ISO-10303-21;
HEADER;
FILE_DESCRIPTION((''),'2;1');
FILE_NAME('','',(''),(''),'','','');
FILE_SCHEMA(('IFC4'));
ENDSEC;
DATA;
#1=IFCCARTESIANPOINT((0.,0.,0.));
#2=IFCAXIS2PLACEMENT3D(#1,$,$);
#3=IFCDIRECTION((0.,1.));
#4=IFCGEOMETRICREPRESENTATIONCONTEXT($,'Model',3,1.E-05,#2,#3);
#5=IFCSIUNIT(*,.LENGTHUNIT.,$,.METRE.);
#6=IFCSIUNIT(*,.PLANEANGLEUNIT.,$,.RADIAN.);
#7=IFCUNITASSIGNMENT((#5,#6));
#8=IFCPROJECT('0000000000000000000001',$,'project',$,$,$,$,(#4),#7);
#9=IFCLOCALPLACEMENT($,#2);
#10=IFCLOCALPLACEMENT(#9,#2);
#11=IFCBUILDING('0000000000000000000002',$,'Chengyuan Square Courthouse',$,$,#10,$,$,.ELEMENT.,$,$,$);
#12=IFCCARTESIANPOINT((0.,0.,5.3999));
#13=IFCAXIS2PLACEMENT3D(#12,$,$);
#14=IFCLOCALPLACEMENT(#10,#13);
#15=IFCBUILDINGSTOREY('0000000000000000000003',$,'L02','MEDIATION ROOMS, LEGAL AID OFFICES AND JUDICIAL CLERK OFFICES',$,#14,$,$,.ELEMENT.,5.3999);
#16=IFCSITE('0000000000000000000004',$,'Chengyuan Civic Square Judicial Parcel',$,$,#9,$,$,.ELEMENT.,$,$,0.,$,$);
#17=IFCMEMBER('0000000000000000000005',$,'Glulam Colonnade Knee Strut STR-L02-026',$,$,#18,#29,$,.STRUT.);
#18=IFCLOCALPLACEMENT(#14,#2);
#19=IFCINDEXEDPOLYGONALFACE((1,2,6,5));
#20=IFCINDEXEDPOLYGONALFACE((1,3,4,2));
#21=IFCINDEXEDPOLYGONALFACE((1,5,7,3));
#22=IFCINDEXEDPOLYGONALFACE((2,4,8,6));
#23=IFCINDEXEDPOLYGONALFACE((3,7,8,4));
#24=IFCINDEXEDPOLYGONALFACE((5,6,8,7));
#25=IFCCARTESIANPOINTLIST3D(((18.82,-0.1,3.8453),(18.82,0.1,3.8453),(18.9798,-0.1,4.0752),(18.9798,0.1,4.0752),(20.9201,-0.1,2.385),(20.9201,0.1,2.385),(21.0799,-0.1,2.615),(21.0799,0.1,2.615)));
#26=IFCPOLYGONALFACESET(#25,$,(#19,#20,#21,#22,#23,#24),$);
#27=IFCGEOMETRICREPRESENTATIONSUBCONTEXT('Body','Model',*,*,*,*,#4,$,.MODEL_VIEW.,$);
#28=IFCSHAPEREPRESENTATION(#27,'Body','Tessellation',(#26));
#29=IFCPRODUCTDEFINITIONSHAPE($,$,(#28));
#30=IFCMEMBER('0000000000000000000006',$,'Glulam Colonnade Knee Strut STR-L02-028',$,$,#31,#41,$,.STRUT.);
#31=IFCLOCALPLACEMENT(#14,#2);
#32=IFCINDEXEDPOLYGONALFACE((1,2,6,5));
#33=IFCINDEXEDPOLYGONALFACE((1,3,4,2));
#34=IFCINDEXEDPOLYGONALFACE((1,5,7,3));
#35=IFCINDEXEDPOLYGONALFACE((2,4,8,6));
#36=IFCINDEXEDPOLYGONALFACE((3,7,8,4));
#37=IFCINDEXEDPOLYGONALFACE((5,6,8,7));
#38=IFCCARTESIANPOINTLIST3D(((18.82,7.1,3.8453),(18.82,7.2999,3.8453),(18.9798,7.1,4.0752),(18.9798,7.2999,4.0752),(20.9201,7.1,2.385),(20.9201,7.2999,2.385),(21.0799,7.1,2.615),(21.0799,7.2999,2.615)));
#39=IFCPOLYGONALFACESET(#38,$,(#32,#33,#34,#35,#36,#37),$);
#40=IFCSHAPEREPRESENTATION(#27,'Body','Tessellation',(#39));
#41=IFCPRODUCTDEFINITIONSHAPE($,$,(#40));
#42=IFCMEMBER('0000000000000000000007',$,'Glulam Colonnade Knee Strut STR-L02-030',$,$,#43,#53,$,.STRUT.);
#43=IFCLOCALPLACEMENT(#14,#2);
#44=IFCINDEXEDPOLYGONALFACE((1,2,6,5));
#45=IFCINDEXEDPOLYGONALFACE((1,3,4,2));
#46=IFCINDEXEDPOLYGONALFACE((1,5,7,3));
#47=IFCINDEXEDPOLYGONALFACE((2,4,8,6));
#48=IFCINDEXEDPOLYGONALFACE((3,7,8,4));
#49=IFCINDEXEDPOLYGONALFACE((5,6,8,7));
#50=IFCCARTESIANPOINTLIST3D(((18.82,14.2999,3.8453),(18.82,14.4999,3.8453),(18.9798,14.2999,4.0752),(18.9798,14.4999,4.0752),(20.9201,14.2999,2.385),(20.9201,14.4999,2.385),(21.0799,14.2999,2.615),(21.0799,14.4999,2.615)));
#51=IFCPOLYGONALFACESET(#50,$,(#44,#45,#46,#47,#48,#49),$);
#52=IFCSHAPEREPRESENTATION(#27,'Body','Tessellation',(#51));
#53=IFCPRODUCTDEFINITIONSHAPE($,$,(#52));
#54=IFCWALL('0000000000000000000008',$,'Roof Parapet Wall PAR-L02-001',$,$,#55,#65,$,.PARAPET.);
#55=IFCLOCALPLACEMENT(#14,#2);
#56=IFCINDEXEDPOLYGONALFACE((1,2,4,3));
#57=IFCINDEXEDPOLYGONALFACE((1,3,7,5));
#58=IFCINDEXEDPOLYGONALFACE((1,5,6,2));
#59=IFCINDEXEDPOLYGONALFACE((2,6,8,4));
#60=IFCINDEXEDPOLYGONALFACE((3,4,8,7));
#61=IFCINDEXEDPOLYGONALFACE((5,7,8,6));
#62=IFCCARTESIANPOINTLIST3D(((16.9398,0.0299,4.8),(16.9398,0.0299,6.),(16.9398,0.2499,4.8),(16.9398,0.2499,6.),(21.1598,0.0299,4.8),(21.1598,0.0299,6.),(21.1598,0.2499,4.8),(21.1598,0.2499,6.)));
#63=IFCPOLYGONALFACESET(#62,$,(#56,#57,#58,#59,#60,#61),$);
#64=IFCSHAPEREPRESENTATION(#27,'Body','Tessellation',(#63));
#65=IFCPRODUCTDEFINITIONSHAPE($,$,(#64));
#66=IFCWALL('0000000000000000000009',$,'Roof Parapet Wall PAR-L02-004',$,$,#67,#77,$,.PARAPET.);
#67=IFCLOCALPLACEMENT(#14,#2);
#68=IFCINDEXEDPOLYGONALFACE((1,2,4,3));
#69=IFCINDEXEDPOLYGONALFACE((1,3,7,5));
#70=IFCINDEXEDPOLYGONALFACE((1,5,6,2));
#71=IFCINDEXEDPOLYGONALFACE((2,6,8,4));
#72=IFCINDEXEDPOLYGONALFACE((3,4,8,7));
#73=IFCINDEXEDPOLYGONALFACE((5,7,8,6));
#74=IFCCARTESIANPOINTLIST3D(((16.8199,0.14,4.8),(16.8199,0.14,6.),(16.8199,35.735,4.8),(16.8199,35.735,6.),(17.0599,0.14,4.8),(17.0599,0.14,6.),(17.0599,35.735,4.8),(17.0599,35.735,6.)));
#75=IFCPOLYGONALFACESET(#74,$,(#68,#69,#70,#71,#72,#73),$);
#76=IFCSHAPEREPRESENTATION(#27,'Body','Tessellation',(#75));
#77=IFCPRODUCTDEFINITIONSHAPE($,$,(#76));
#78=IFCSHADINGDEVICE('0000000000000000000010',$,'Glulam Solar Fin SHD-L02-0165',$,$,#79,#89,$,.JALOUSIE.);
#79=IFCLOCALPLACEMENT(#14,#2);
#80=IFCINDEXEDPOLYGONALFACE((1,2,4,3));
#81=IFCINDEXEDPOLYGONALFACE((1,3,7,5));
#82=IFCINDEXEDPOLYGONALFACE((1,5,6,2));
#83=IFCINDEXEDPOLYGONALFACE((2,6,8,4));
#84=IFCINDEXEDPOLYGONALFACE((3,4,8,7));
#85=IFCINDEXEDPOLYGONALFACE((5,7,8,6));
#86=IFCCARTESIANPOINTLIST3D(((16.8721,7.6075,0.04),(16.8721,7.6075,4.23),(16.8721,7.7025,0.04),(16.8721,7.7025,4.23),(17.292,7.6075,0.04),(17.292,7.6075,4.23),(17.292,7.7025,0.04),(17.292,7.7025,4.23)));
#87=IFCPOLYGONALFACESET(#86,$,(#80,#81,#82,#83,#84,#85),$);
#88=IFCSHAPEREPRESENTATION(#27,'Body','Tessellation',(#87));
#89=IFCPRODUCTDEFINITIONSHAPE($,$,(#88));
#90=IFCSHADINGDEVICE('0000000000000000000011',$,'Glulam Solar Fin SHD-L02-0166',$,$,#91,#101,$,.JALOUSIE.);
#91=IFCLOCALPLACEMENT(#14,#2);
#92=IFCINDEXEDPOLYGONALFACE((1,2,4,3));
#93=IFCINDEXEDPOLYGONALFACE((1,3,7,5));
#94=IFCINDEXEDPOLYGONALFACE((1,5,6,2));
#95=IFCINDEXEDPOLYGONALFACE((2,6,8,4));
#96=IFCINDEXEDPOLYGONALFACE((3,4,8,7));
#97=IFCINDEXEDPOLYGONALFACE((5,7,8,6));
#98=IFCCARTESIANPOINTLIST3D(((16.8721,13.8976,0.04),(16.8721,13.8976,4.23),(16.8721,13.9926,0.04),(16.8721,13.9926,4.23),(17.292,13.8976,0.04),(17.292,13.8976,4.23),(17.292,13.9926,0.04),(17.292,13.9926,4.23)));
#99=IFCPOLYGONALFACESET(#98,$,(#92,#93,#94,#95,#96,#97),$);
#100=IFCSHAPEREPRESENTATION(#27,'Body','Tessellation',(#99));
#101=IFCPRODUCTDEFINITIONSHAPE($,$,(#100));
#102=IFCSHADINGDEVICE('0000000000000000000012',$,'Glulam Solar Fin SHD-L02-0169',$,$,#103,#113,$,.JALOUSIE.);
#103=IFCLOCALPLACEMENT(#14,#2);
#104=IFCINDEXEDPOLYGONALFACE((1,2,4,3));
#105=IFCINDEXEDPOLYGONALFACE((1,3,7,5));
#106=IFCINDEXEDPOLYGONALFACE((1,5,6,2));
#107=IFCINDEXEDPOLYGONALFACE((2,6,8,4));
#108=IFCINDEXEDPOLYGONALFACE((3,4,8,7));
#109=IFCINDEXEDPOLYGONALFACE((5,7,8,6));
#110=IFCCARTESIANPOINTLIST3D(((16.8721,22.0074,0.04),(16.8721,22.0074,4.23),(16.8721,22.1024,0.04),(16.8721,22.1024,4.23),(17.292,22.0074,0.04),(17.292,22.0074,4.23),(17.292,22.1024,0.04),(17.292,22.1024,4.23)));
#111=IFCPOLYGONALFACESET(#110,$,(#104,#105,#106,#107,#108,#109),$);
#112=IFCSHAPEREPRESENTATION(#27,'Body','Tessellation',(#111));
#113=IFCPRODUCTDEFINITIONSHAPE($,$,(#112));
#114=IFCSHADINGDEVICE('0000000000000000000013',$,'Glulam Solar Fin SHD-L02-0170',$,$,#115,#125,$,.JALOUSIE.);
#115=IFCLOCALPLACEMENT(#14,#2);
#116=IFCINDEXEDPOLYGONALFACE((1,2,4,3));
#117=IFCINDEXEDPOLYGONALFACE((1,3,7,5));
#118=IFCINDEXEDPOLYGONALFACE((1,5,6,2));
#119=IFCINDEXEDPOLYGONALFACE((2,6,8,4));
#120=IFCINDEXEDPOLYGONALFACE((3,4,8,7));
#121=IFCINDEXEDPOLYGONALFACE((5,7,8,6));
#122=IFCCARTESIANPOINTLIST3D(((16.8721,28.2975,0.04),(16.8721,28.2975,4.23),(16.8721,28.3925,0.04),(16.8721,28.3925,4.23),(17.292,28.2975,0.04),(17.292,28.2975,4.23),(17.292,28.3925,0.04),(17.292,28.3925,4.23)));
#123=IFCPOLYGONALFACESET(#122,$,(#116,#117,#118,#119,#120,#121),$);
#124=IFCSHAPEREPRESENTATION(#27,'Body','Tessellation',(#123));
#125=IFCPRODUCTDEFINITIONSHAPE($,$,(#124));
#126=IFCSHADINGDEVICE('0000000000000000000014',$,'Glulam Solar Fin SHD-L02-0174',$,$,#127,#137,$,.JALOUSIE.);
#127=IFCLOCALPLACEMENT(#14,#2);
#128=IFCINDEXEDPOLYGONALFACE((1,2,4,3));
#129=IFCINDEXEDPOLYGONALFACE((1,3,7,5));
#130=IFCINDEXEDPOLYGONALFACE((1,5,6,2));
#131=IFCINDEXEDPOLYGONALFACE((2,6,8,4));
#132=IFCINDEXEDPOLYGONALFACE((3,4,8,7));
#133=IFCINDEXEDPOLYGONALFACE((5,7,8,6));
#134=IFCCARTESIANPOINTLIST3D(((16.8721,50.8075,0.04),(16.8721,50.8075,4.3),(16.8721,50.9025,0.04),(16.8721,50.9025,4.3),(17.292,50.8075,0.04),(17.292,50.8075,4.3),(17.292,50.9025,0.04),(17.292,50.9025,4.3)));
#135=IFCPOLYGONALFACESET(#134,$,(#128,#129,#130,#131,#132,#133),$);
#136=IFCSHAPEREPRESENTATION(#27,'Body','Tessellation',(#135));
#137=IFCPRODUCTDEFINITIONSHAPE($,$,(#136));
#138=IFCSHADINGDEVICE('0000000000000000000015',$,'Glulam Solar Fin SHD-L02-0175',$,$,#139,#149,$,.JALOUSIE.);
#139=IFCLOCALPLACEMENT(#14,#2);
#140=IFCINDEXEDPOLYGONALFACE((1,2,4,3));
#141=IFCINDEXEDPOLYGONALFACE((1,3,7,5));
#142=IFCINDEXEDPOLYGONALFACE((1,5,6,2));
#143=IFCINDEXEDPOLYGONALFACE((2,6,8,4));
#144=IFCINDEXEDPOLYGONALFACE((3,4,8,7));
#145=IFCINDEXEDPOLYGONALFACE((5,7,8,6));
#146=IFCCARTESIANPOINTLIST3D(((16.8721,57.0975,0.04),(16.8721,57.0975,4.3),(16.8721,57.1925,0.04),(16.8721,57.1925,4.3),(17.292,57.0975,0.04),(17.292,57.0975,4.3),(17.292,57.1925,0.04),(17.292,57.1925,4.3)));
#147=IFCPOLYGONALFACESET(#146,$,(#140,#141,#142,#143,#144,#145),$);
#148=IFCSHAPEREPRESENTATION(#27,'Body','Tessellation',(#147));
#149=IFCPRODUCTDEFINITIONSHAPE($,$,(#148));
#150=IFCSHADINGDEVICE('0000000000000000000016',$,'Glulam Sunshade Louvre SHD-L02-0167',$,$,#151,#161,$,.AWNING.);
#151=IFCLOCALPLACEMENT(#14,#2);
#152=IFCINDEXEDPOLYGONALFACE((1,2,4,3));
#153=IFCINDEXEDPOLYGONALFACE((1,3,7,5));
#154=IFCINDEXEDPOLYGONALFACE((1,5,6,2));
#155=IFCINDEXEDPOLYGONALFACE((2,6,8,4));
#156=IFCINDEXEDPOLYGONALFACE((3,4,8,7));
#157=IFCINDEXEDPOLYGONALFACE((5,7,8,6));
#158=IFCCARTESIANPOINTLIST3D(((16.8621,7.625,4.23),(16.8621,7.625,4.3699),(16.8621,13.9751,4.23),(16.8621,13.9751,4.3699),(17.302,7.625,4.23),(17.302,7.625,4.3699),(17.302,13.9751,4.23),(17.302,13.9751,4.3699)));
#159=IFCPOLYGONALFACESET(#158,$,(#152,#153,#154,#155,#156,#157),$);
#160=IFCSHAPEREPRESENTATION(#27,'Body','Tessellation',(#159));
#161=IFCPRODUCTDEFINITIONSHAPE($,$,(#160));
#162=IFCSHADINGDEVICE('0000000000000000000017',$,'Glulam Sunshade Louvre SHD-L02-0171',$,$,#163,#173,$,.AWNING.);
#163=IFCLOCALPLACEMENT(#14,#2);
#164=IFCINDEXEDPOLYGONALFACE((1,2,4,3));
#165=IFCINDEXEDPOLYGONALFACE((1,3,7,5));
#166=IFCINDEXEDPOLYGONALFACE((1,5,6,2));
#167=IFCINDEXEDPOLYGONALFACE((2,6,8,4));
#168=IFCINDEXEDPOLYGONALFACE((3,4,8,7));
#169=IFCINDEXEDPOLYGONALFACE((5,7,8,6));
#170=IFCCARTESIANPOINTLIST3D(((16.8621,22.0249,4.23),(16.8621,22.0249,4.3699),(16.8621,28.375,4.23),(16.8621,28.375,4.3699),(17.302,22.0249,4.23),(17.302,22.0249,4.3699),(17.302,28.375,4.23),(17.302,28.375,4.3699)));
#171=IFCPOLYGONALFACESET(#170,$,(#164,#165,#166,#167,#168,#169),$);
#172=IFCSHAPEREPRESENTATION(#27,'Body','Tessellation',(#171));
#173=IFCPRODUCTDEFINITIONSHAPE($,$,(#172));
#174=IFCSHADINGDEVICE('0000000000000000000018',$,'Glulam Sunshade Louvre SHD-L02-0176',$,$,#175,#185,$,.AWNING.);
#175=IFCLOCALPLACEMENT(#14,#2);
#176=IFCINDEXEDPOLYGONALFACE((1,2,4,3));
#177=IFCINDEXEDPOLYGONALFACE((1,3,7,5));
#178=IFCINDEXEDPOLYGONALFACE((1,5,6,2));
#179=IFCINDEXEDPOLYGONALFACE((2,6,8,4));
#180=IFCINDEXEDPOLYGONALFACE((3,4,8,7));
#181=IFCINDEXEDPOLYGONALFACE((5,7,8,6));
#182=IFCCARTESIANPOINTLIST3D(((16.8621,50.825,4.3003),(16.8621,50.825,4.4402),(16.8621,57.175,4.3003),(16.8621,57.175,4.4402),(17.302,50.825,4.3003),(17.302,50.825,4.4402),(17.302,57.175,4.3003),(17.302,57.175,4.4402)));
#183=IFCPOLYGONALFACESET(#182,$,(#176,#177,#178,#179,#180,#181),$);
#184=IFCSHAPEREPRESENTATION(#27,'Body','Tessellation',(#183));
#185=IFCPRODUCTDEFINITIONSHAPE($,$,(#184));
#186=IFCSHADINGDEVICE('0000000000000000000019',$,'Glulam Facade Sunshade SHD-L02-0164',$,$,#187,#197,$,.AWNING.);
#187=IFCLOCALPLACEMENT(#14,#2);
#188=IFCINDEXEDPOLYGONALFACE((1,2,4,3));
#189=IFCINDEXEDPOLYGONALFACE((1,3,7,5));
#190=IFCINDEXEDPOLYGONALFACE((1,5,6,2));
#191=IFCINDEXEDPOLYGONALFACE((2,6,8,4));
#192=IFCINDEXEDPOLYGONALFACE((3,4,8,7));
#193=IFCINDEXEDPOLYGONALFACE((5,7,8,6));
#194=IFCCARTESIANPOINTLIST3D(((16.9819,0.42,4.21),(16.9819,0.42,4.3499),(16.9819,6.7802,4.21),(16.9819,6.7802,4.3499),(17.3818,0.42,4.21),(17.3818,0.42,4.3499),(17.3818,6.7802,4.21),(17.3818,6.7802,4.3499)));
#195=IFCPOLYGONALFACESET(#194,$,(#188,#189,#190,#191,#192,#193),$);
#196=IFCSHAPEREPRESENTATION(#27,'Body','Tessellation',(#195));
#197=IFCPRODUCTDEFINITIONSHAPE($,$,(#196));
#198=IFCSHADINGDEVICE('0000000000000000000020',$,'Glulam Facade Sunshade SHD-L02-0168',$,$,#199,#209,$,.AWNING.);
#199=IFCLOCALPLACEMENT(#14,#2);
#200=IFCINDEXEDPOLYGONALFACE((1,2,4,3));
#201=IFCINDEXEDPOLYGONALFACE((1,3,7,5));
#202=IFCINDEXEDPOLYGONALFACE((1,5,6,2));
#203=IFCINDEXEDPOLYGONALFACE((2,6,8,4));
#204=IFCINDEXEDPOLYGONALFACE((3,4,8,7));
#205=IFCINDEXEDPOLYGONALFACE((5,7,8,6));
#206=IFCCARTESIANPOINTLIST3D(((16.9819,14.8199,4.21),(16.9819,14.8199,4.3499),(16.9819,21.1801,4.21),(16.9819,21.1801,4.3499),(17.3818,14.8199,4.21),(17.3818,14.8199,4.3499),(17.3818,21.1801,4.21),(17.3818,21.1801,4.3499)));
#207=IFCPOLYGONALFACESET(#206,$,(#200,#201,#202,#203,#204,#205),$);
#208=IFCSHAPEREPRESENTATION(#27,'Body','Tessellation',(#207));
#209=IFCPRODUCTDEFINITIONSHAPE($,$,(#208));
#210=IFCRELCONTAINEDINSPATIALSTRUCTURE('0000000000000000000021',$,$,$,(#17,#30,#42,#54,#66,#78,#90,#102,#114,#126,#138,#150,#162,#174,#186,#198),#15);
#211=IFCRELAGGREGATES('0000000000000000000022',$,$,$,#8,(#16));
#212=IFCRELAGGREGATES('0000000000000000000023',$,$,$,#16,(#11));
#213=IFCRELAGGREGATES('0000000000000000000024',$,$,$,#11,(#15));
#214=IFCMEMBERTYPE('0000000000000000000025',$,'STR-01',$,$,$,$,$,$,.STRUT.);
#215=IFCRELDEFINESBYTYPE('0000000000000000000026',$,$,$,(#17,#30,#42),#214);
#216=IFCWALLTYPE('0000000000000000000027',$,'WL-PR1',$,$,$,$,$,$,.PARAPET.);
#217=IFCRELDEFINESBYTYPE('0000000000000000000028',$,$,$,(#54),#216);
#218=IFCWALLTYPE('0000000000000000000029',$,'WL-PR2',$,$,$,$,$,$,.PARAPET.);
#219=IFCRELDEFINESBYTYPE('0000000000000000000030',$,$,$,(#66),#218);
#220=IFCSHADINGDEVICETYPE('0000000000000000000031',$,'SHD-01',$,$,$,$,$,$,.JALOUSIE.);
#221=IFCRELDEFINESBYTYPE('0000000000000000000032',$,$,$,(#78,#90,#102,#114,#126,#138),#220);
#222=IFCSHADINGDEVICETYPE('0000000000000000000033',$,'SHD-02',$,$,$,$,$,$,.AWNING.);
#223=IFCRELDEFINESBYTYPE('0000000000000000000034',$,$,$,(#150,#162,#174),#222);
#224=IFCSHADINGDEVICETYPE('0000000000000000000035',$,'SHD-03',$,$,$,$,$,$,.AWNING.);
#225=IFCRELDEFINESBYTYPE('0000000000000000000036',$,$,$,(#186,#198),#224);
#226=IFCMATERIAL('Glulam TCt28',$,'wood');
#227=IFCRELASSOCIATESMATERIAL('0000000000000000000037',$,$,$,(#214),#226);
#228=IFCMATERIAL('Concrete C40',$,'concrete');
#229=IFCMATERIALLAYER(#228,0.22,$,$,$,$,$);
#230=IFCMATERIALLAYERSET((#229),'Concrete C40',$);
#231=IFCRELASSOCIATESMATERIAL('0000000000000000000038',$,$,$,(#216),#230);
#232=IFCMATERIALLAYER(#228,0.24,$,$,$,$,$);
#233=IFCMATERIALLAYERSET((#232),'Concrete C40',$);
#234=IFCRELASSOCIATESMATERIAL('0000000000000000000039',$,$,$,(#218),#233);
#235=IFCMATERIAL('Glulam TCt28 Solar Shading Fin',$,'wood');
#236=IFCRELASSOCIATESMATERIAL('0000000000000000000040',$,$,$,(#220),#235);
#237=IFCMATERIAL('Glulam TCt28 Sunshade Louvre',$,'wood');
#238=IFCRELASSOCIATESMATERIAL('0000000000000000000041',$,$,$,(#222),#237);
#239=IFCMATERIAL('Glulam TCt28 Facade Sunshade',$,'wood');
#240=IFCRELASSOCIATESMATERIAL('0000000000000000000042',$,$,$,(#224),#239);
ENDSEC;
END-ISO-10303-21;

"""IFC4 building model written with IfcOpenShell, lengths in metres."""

from ifc_helpers import new_model, si_unit, direction, frame, frame_2d, origin, origin_2d, place, context, subcontext, project, spatial, rectangle, extrude, material, layer, layer_set, material_profile, profile_set, type_object, element, save


model = new_model("IFC4")

# Units and contexts
model_context = context("Model", 3, precision=1e-05, world=origin(), true_north=direction((0.0, 1.0)))
body_context = subcontext(model_context, "Body", "Model", "MODEL_VIEW")
ifc_project = project(units=[si_unit("LENGTHUNIT", "METRE"), si_unit("PLANEANGLEUNIT", "RADIAN")], contexts=[model_context])

# Site, building, storey
site_placement = place(None, origin())
site = spatial("IfcSite", under=ifc_project, at=site_placement, Name="Chengyuan Civic Square Judicial Parcel", CompositionType="ELEMENT", RefElevation=0.0)
building_placement = place(site_placement, origin())
building = spatial("IfcBuilding", under=site, at=building_placement, Name="Chengyuan Square Courthouse", CompositionType="ELEMENT")
storey_placement = place(building_placement, frame((0.0, 0.0, 5.3999)))
storey = spatial("IfcBuildingStorey", under=building, at=storey_placement, Name="L02", Description="MEDIATION ROOMS, LEGAL AID OFFICES AND JUDICIAL CLERK OFFICES", CompositionType="ELEMENT", Elevation=5.3999)

# Shared definitions
ifc_material_1 = material(Name="Glulam TCt28", Category="wood")

# Members
ifc_material_profile_1 = material_profile(ifc_material_1, rectangle(XDim=0.2, YDim=0.28, at=origin_2d()), Name="GL-STR-200x280")
ifc_profile_set_1 = profile_set([ifc_material_profile_1], Name="Glulam TCt28")
member_type_1 = type_object("IfcMemberType", Name="STR-01", PredefinedType="STRUT", material=ifc_profile_set_1)
for number, where, z_axis, x_axis, name in (
    (1, (21.0, 0.0, 2.5), (-0.821039, 0.0, 0.570872), (0.0, -1.0, 0.0), "Glulam Colonnade Knee Strut STR-L02-026"),
    (2, (21.0, 7.2, 2.5), (-0.821039, 0.0, 0.570872), (0.0, -1.0, 0.0), "Glulam Colonnade Knee Strut STR-L02-028"),
    (3, (21.0, 14.3999, 2.5), (-0.821039, 0.0, 0.570872), (0.0, -1.0, 0.0), "Glulam Colonnade Knee Strut STR-L02-030"),
):
    element("IfcMember", number, at=place(storey_placement, frame(where, z_axis=z_axis, x_axis=x_axis)), inside=storey, type_object=member_type_1, Name=name, PredefinedType="STRUT", context=body_context, shape_type="SweptSolid", body=[
        extrude(rectangle(XDim=0.2, YDim=0.28, at=origin_2d()), origin(), (0.0, 0.0, 1.0), 2.5579),
    ])

# Walls
ifc_material_2 = material(Name="Concrete C40", Category="concrete")
ifc_layer_1 = layer(ifc_material_2, 0.22)
ifc_layer_set_1 = layer_set([ifc_layer_1], Name="Concrete C40")
wall_type_1 = type_object("IfcWallType", Name="WL-PR1", PredefinedType="PARAPET", material=ifc_layer_set_1)
wall_1_placement = place(storey_placement, frame((16.9399, 0.1399, 4.8), z_axis=(0.0, 0.0, 1.0), x_axis=(1.0, 0.0, 0.0)))
element("IfcWall", 4, at=wall_1_placement, inside=storey, type_object=wall_type_1, Name="Roof Parapet Wall PAR-L02-001", PredefinedType="PARAPET", context=body_context, shape_type="SweptSolid", body=[
    extrude(rectangle(XDim=4.22, YDim=0.22, at=frame_2d((2.1099, 0.0))), origin(), (0.0, 0.0, 1.0), 1.2),
])
ifc_layer_2 = layer(ifc_material_2, 0.24)
ifc_layer_set_2 = layer_set([ifc_layer_2], Name="Concrete C40")
wall_type_2 = type_object("IfcWallType", Name="WL-PR2", PredefinedType="PARAPET", material=ifc_layer_set_2)
wall_2_placement = place(storey_placement, frame((16.9399, 35.7349, 4.8), z_axis=(0.0, 0.0, 1.0), x_axis=(0.0, -1.0, 0.0)))
element("IfcWall", 5, at=wall_2_placement, inside=storey, type_object=wall_type_2, Name="Roof Parapet Wall PAR-L02-004", PredefinedType="PARAPET", context=body_context, shape_type="SweptSolid", body=[
    extrude(rectangle(XDim=35.595, YDim=0.24, at=frame_2d((17.7974, 0.0))), origin(), (0.0, 0.0, 1.0), 1.2),
])

# Shading devices
ifc_material_3 = material(Name="Glulam TCt28 Solar Shading Fin", Category="wood")
shading_device_type_1 = type_object("IfcShadingDeviceType", Name="SHD-01", PredefinedType="JALOUSIE", material=ifc_material_3)
for number, where, z_axis, x_axis, name in (
    (6, (17.082, 7.655, 0.04), (0.0, 0.0, 1.0), (1.0, 0.0, 0.0), "Glulam Solar Fin SHD-L02-0165"),
    (7, (17.082, 13.9451, 0.04), (0.0, 0.0, 1.0), (1.0, 0.0, 0.0), "Glulam Solar Fin SHD-L02-0166"),
    (8, (17.082, 22.0549, 0.04), (0.0, 0.0, 1.0), (1.0, 0.0, 0.0), "Glulam Solar Fin SHD-L02-0169"),
    (9, (17.082, 28.345, 0.04), (0.0, 0.0, 1.0), (1.0, 0.0, 0.0), "Glulam Solar Fin SHD-L02-0170"),
):
    element("IfcShadingDevice", number, at=place(storey_placement, frame(where, z_axis=z_axis, x_axis=x_axis)), inside=storey, type_object=shading_device_type_1, Name=name, PredefinedType="JALOUSIE", context=body_context, shape_type="SweptSolid", body=[
        extrude(rectangle(XDim=0.4199, YDim=0.095, at=origin_2d()), origin(), (0.0, 0.0, 1.0), 4.1899),
    ])
for number, where, z_axis, x_axis, name in (
    (10, (17.082, 50.855, 0.04), (0.0, 0.0, 1.0), (1.0, 0.0, 0.0), "Glulam Solar Fin SHD-L02-0174"),
    (11, (17.082, 57.145, 0.04), (0.0, 0.0, 1.0), (1.0, 0.0, 0.0), "Glulam Solar Fin SHD-L02-0175"),
):
    element("IfcShadingDevice", number, at=place(storey_placement, frame(where, z_axis=z_axis, x_axis=x_axis)), inside=storey, type_object=shading_device_type_1, Name=name, PredefinedType="JALOUSIE", context=body_context, shape_type="SweptSolid", body=[
        extrude(rectangle(XDim=0.4199, YDim=0.095, at=origin_2d()), origin(), (0.0, 0.0, 1.0), 4.26),
    ])
ifc_material_4 = material(Name="Glulam TCt28 Sunshade Louvre", Category="wood")
shading_device_type_2 = type_object("IfcShadingDeviceType", Name="SHD-02", PredefinedType="AWNING", material=ifc_material_4)
for number, where, z_axis, x_axis, name in (
    (12, (17.082, 10.8, 4.23), (0.0, 0.0, 1.0), (0.0, 1.0, 0.0), "Glulam Sunshade Louvre SHD-L02-0167"),
    (13, (17.082, 25.2, 4.23), (0.0, 0.0, 1.0), (0.0, 1.0, 0.0), "Glulam Sunshade Louvre SHD-L02-0171"),
    (14, (17.082, 54.0, 4.3003), (0.0, 0.0, 1.0), (0.0, 1.0, 0.0), "Glulam Sunshade Louvre SHD-L02-0176"),
):
    element("IfcShadingDevice", number, at=place(storey_placement, frame(where, z_axis=z_axis, x_axis=x_axis)), inside=storey, type_object=shading_device_type_2, Name=name, PredefinedType="AWNING", context=body_context, shape_type="SweptSolid", body=[
        extrude(rectangle(XDim=6.3501, YDim=0.4399, at=origin_2d()), origin(), (0.0, 0.0, 1.0), 0.1399),
    ])
ifc_material_5 = material(Name="Glulam TCt28 Facade Sunshade", Category="wood")
shading_device_type_3 = type_object("IfcShadingDeviceType", Name="SHD-03", PredefinedType="AWNING", material=ifc_material_5)
for number, where, z_axis, x_axis, name in (
    (15, (17.1819, 3.6001, 4.21), (0.0, 0.0, 1.0), (0.0, 1.0, 0.0), "Glulam Facade Sunshade SHD-L02-0164"),
    (16, (17.1819, 18.0, 4.21), (0.0, 0.0, 1.0), (0.0, 1.0, 0.0), "Glulam Facade Sunshade SHD-L02-0168"),
):
    element("IfcShadingDevice", number, at=place(storey_placement, frame(where, z_axis=z_axis, x_axis=x_axis)), inside=storey, type_object=shading_device_type_3, Name=name, PredefinedType="AWNING", context=body_context, shape_type="SweptSolid", body=[
        extrude(rectangle(XDim=6.3601, YDim=0.3999, at=origin_2d()), origin(), (0.0, 0.0, 1.0), 0.1399),
    ])

save(model, "model.ifc")
